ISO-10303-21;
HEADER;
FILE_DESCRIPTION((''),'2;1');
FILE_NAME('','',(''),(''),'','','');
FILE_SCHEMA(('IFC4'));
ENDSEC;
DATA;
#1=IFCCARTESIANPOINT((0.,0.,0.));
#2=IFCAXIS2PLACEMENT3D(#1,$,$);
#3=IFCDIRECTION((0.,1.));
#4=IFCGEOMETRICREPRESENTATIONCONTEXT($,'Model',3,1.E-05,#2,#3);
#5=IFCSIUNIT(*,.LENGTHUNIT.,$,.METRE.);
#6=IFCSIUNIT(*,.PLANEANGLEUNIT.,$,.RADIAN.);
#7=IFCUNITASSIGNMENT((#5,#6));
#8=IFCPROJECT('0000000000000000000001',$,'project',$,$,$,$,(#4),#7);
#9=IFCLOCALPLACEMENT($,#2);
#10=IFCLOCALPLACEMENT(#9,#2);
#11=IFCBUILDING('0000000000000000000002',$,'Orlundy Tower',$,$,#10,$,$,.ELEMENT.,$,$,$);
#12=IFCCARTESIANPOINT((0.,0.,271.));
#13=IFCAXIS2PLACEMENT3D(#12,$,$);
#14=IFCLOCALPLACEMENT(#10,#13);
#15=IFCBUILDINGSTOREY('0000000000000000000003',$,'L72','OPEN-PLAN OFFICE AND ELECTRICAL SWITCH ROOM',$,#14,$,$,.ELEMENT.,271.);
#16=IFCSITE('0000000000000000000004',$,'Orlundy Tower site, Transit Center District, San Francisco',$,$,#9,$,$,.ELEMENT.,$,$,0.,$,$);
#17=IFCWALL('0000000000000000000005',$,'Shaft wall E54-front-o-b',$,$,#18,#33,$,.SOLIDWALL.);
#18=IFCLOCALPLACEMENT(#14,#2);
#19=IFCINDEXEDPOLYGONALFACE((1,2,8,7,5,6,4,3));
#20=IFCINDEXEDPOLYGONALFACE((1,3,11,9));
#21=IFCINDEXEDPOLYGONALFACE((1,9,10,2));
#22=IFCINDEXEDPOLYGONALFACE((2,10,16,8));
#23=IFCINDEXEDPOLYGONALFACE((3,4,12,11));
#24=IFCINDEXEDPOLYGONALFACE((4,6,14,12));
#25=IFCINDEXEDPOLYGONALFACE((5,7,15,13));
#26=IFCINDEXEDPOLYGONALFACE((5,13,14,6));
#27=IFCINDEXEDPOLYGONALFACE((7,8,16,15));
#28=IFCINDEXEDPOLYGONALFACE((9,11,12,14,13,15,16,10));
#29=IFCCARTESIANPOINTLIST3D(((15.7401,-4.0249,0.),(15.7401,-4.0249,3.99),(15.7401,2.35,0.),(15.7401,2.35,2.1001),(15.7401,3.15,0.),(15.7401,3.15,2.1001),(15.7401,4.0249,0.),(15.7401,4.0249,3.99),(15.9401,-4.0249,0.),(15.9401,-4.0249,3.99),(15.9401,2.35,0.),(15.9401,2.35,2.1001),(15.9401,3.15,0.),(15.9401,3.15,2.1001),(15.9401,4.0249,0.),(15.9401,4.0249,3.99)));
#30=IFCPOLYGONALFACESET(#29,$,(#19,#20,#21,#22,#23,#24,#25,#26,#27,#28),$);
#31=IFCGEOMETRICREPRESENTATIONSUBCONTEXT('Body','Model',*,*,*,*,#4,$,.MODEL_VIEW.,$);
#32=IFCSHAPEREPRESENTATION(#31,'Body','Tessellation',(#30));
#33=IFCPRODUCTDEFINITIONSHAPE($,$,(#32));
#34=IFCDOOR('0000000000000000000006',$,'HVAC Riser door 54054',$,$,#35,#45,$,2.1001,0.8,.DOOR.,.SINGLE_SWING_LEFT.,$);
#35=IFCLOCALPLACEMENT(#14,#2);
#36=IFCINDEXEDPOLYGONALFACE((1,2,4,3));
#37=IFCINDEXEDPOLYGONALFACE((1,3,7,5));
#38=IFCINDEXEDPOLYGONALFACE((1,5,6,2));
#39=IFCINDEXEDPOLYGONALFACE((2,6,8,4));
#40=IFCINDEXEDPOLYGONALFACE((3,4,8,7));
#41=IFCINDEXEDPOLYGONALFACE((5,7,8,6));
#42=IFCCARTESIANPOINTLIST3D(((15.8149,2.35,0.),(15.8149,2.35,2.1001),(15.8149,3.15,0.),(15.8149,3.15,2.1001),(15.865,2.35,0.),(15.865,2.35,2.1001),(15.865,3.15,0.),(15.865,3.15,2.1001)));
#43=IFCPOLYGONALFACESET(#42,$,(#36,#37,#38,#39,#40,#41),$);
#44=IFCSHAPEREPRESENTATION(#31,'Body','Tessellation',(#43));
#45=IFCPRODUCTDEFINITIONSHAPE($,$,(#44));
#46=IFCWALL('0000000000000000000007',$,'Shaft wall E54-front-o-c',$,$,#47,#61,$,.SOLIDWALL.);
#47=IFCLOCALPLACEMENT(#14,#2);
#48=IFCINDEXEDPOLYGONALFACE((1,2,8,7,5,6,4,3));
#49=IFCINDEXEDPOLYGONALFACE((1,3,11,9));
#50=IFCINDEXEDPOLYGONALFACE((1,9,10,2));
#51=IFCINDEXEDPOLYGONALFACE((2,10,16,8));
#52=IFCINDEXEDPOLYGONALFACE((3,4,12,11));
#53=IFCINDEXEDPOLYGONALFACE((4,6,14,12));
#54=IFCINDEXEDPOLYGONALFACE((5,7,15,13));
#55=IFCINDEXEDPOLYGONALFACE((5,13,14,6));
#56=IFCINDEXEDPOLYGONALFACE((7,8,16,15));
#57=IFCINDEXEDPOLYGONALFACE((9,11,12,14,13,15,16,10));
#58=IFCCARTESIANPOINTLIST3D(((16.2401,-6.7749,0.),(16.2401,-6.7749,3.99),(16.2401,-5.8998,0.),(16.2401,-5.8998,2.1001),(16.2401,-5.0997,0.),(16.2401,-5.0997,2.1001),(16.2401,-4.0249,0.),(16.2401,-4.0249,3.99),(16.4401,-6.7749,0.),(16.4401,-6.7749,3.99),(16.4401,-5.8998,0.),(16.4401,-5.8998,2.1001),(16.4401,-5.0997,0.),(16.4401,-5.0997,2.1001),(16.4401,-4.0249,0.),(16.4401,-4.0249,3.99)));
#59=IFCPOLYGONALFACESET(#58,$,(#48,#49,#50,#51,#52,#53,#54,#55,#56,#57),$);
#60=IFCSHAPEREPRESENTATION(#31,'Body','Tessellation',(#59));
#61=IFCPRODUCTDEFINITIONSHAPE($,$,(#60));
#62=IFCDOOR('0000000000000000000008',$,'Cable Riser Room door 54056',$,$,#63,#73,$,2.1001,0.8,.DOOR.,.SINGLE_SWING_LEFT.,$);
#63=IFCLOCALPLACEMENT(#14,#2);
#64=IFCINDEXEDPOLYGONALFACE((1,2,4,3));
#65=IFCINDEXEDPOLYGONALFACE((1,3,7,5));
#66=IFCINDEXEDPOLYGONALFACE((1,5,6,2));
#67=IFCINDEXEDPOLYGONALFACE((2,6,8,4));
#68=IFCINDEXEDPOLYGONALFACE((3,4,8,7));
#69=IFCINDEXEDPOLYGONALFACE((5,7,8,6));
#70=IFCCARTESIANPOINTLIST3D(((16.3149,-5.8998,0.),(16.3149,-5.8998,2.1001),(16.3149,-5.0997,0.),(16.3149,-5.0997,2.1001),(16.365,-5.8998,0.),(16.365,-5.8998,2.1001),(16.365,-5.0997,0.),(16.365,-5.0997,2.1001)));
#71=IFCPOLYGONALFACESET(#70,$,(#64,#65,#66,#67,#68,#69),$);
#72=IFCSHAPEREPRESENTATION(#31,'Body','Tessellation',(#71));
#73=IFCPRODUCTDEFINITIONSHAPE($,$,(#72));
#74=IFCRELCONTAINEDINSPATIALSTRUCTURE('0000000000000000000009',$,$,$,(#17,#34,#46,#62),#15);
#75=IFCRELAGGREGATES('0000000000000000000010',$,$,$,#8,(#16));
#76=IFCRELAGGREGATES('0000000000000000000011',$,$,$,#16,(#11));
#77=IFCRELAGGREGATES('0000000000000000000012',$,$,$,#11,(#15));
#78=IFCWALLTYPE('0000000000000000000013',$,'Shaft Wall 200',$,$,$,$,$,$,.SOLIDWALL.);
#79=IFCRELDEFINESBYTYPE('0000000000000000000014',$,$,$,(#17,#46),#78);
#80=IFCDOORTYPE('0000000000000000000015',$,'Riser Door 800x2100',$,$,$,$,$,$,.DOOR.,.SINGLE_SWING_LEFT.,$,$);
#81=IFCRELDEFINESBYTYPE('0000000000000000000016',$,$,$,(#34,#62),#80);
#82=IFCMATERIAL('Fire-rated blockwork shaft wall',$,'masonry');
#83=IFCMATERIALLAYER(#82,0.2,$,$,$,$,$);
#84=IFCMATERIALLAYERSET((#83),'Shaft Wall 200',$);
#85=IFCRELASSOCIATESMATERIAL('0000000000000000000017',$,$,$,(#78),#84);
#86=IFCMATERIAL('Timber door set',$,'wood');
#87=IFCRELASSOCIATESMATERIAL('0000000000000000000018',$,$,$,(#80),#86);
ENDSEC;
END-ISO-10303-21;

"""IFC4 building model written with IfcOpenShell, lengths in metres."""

from ifc_helpers import new_model, si_unit, direction, frame, frame_2d, origin, place, context, subcontext, project, spatial, rectangle, extrude, material, layer, layer_set, type_object, element, fill, save


model = new_model("IFC4")

# Units and contexts
model_context = context("Model", 3, precision=1e-05, world=origin(), true_north=direction((0.0, 1.0)))
body_context = subcontext(model_context, "Body", "Model", "MODEL_VIEW")
ifc_project = project(units=[si_unit("LENGTHUNIT", "METRE"), si_unit("PLANEANGLEUNIT", "RADIAN")], contexts=[model_context])

# Site, building, storey
site_placement = place(None, origin())
site = spatial("IfcSite", under=ifc_project, at=site_placement, Name="Orlundy Tower site, Transit Center District, San Francisco", CompositionType="ELEMENT", RefElevation=0.0)
building_placement = place(site_placement, origin())
building = spatial("IfcBuilding", under=site, at=building_placement, Name="Orlundy Tower", CompositionType="ELEMENT")
storey_placement = place(building_placement, frame((0.0, 0.0, 271.0)))
storey = spatial("IfcBuildingStorey", under=building, at=storey_placement, Name="L72", Description="OPEN-PLAN OFFICE AND ELECTRICAL SWITCH ROOM", CompositionType="ELEMENT", Elevation=271.0)

# Shared definitions
ifc_material_1 = material(Name="Fire-rated blockwork shaft wall", Category="masonry")
ifc_layer_1 = layer(ifc_material_1, 0.2)
ifc_layer_set_1 = layer_set([ifc_layer_1], Name="Shaft Wall 200")
wall_type_1 = type_object("IfcWallType", Name="Shaft Wall 200", PredefinedType="SOLIDWALL", material=ifc_layer_set_1)

# Walls, openings, doors
wall_1_placement = place(storey_placement, frame((15.8401, 4.0249, 0.0), z_axis=(0.0, 0.0, 1.0), x_axis=(0.0, -1.0, 0.0)))
wall_1 = element("IfcWall", 1, at=wall_1_placement, inside=storey, type_object=wall_type_1, Name="Shaft wall E54-front-o-b", PredefinedType="SOLIDWALL", context=body_context, shape_type="SweptSolid", body=[
    extrude(rectangle(XDim=8.0498, YDim=0.2, at=frame_2d((4.0249, 0.0))), origin(), (0.0, 0.0, 1.0), 3.99),
])
opening_1_placement = place(wall_1_placement, frame((0.875, 0.0, 0.0)))
opening_1 = element("IfcOpeningElement", 2, at=opening_1_placement, cuts=wall_1, PredefinedType="OPENING", context=body_context, shape_type="SweptSolid", body=[
    extrude(rectangle(XDim=0.8, YDim=2.1001, at=frame_2d((0.3999, 1.05))), frame((0.0, 0.1101, 0.0), z_axis=(0.0, -1.0, 0.0), x_axis=(1.0, 0.0, 0.0)), (0.0, 0.0, 1.0), 0.2202),
])
ifc_material_2 = material(Name="Timber door set", Category="wood")
door_type_1 = type_object("IfcDoorType", Name="Riser Door 800x2100", OperationType="SINGLE_SWING_LEFT", PredefinedType="DOOR", material=ifc_material_2)
door_1_placement = place(opening_1_placement, origin())
door_1 = element("IfcDoor", 3, at=door_1_placement, inside=storey, type_object=door_type_1, Name="HVAC Riser door 54054", OperationType="SINGLE_SWING_LEFT", OverallHeight=2.1001, OverallWidth=0.8, PredefinedType="DOOR", context=body_context, shape_type="SweptSolid", body=[
    extrude(rectangle(XDim=0.8, YDim=2.1001, at=frame_2d((0.3999, 1.05))), frame((0.0, 0.0249, 0.0), z_axis=(0.0, -1.0, 0.0), x_axis=(1.0, 0.0, 0.0)), (0.0, 0.0, 1.0), 0.05),
])
fill(opening_1, door_1)
wall_2_placement = place(storey_placement, frame((16.3401, -4.0249, 0.0), z_axis=(0.0, 0.0, 1.0), x_axis=(0.0, -1.0, 0.0)))
wall_2 = element("IfcWall", 4, at=wall_2_placement, inside=storey, type_object=wall_type_1, Name="Shaft wall E54-front-o-c", PredefinedType="SOLIDWALL", context=body_context, shape_type="SweptSolid", body=[
    extrude(rectangle(XDim=2.75, YDim=0.2, at=frame_2d((1.375, 0.0))), origin(), (0.0, 0.0, 1.0), 3.99),
])
opening_2_placement = place(wall_2_placement, frame((1.075, 0.0, 0.0)))
opening_2 = element("IfcOpeningElement", 5, at=opening_2_placement, cuts=wall_2, PredefinedType="OPENING", context=body_context, shape_type="SweptSolid", body=[
    extrude(rectangle(XDim=0.8, YDim=2.1001, at=frame_2d((0.3999, 1.05))), frame((0.0, 0.1101, 0.0), z_axis=(0.0, -1.0, 0.0), x_axis=(1.0, 0.0, 0.0)), (0.0, 0.0, 1.0), 0.2202),
])
door_2_placement = place(opening_2_placement, origin())
door_2 = element("IfcDoor", 6, at=door_2_placement, inside=storey, type_object=door_type_1, Name="Cable Riser Room door 54056", OperationType="SINGLE_SWING_LEFT", OverallHeight=2.1001, OverallWidth=0.8, PredefinedType="DOOR", context=body_context, shape_type="SweptSolid", body=[
    extrude(rectangle(XDim=0.8, YDim=2.1001, at=frame_2d((0.3999, 1.05))), frame((0.0, 0.0249, 0.0), z_axis=(0.0, -1.0, 0.0), x_axis=(1.0, 0.0, 0.0)), (0.0, 0.0, 1.0), 0.05),
])
fill(opening_2, door_2)

save(model, "model.ifc")
